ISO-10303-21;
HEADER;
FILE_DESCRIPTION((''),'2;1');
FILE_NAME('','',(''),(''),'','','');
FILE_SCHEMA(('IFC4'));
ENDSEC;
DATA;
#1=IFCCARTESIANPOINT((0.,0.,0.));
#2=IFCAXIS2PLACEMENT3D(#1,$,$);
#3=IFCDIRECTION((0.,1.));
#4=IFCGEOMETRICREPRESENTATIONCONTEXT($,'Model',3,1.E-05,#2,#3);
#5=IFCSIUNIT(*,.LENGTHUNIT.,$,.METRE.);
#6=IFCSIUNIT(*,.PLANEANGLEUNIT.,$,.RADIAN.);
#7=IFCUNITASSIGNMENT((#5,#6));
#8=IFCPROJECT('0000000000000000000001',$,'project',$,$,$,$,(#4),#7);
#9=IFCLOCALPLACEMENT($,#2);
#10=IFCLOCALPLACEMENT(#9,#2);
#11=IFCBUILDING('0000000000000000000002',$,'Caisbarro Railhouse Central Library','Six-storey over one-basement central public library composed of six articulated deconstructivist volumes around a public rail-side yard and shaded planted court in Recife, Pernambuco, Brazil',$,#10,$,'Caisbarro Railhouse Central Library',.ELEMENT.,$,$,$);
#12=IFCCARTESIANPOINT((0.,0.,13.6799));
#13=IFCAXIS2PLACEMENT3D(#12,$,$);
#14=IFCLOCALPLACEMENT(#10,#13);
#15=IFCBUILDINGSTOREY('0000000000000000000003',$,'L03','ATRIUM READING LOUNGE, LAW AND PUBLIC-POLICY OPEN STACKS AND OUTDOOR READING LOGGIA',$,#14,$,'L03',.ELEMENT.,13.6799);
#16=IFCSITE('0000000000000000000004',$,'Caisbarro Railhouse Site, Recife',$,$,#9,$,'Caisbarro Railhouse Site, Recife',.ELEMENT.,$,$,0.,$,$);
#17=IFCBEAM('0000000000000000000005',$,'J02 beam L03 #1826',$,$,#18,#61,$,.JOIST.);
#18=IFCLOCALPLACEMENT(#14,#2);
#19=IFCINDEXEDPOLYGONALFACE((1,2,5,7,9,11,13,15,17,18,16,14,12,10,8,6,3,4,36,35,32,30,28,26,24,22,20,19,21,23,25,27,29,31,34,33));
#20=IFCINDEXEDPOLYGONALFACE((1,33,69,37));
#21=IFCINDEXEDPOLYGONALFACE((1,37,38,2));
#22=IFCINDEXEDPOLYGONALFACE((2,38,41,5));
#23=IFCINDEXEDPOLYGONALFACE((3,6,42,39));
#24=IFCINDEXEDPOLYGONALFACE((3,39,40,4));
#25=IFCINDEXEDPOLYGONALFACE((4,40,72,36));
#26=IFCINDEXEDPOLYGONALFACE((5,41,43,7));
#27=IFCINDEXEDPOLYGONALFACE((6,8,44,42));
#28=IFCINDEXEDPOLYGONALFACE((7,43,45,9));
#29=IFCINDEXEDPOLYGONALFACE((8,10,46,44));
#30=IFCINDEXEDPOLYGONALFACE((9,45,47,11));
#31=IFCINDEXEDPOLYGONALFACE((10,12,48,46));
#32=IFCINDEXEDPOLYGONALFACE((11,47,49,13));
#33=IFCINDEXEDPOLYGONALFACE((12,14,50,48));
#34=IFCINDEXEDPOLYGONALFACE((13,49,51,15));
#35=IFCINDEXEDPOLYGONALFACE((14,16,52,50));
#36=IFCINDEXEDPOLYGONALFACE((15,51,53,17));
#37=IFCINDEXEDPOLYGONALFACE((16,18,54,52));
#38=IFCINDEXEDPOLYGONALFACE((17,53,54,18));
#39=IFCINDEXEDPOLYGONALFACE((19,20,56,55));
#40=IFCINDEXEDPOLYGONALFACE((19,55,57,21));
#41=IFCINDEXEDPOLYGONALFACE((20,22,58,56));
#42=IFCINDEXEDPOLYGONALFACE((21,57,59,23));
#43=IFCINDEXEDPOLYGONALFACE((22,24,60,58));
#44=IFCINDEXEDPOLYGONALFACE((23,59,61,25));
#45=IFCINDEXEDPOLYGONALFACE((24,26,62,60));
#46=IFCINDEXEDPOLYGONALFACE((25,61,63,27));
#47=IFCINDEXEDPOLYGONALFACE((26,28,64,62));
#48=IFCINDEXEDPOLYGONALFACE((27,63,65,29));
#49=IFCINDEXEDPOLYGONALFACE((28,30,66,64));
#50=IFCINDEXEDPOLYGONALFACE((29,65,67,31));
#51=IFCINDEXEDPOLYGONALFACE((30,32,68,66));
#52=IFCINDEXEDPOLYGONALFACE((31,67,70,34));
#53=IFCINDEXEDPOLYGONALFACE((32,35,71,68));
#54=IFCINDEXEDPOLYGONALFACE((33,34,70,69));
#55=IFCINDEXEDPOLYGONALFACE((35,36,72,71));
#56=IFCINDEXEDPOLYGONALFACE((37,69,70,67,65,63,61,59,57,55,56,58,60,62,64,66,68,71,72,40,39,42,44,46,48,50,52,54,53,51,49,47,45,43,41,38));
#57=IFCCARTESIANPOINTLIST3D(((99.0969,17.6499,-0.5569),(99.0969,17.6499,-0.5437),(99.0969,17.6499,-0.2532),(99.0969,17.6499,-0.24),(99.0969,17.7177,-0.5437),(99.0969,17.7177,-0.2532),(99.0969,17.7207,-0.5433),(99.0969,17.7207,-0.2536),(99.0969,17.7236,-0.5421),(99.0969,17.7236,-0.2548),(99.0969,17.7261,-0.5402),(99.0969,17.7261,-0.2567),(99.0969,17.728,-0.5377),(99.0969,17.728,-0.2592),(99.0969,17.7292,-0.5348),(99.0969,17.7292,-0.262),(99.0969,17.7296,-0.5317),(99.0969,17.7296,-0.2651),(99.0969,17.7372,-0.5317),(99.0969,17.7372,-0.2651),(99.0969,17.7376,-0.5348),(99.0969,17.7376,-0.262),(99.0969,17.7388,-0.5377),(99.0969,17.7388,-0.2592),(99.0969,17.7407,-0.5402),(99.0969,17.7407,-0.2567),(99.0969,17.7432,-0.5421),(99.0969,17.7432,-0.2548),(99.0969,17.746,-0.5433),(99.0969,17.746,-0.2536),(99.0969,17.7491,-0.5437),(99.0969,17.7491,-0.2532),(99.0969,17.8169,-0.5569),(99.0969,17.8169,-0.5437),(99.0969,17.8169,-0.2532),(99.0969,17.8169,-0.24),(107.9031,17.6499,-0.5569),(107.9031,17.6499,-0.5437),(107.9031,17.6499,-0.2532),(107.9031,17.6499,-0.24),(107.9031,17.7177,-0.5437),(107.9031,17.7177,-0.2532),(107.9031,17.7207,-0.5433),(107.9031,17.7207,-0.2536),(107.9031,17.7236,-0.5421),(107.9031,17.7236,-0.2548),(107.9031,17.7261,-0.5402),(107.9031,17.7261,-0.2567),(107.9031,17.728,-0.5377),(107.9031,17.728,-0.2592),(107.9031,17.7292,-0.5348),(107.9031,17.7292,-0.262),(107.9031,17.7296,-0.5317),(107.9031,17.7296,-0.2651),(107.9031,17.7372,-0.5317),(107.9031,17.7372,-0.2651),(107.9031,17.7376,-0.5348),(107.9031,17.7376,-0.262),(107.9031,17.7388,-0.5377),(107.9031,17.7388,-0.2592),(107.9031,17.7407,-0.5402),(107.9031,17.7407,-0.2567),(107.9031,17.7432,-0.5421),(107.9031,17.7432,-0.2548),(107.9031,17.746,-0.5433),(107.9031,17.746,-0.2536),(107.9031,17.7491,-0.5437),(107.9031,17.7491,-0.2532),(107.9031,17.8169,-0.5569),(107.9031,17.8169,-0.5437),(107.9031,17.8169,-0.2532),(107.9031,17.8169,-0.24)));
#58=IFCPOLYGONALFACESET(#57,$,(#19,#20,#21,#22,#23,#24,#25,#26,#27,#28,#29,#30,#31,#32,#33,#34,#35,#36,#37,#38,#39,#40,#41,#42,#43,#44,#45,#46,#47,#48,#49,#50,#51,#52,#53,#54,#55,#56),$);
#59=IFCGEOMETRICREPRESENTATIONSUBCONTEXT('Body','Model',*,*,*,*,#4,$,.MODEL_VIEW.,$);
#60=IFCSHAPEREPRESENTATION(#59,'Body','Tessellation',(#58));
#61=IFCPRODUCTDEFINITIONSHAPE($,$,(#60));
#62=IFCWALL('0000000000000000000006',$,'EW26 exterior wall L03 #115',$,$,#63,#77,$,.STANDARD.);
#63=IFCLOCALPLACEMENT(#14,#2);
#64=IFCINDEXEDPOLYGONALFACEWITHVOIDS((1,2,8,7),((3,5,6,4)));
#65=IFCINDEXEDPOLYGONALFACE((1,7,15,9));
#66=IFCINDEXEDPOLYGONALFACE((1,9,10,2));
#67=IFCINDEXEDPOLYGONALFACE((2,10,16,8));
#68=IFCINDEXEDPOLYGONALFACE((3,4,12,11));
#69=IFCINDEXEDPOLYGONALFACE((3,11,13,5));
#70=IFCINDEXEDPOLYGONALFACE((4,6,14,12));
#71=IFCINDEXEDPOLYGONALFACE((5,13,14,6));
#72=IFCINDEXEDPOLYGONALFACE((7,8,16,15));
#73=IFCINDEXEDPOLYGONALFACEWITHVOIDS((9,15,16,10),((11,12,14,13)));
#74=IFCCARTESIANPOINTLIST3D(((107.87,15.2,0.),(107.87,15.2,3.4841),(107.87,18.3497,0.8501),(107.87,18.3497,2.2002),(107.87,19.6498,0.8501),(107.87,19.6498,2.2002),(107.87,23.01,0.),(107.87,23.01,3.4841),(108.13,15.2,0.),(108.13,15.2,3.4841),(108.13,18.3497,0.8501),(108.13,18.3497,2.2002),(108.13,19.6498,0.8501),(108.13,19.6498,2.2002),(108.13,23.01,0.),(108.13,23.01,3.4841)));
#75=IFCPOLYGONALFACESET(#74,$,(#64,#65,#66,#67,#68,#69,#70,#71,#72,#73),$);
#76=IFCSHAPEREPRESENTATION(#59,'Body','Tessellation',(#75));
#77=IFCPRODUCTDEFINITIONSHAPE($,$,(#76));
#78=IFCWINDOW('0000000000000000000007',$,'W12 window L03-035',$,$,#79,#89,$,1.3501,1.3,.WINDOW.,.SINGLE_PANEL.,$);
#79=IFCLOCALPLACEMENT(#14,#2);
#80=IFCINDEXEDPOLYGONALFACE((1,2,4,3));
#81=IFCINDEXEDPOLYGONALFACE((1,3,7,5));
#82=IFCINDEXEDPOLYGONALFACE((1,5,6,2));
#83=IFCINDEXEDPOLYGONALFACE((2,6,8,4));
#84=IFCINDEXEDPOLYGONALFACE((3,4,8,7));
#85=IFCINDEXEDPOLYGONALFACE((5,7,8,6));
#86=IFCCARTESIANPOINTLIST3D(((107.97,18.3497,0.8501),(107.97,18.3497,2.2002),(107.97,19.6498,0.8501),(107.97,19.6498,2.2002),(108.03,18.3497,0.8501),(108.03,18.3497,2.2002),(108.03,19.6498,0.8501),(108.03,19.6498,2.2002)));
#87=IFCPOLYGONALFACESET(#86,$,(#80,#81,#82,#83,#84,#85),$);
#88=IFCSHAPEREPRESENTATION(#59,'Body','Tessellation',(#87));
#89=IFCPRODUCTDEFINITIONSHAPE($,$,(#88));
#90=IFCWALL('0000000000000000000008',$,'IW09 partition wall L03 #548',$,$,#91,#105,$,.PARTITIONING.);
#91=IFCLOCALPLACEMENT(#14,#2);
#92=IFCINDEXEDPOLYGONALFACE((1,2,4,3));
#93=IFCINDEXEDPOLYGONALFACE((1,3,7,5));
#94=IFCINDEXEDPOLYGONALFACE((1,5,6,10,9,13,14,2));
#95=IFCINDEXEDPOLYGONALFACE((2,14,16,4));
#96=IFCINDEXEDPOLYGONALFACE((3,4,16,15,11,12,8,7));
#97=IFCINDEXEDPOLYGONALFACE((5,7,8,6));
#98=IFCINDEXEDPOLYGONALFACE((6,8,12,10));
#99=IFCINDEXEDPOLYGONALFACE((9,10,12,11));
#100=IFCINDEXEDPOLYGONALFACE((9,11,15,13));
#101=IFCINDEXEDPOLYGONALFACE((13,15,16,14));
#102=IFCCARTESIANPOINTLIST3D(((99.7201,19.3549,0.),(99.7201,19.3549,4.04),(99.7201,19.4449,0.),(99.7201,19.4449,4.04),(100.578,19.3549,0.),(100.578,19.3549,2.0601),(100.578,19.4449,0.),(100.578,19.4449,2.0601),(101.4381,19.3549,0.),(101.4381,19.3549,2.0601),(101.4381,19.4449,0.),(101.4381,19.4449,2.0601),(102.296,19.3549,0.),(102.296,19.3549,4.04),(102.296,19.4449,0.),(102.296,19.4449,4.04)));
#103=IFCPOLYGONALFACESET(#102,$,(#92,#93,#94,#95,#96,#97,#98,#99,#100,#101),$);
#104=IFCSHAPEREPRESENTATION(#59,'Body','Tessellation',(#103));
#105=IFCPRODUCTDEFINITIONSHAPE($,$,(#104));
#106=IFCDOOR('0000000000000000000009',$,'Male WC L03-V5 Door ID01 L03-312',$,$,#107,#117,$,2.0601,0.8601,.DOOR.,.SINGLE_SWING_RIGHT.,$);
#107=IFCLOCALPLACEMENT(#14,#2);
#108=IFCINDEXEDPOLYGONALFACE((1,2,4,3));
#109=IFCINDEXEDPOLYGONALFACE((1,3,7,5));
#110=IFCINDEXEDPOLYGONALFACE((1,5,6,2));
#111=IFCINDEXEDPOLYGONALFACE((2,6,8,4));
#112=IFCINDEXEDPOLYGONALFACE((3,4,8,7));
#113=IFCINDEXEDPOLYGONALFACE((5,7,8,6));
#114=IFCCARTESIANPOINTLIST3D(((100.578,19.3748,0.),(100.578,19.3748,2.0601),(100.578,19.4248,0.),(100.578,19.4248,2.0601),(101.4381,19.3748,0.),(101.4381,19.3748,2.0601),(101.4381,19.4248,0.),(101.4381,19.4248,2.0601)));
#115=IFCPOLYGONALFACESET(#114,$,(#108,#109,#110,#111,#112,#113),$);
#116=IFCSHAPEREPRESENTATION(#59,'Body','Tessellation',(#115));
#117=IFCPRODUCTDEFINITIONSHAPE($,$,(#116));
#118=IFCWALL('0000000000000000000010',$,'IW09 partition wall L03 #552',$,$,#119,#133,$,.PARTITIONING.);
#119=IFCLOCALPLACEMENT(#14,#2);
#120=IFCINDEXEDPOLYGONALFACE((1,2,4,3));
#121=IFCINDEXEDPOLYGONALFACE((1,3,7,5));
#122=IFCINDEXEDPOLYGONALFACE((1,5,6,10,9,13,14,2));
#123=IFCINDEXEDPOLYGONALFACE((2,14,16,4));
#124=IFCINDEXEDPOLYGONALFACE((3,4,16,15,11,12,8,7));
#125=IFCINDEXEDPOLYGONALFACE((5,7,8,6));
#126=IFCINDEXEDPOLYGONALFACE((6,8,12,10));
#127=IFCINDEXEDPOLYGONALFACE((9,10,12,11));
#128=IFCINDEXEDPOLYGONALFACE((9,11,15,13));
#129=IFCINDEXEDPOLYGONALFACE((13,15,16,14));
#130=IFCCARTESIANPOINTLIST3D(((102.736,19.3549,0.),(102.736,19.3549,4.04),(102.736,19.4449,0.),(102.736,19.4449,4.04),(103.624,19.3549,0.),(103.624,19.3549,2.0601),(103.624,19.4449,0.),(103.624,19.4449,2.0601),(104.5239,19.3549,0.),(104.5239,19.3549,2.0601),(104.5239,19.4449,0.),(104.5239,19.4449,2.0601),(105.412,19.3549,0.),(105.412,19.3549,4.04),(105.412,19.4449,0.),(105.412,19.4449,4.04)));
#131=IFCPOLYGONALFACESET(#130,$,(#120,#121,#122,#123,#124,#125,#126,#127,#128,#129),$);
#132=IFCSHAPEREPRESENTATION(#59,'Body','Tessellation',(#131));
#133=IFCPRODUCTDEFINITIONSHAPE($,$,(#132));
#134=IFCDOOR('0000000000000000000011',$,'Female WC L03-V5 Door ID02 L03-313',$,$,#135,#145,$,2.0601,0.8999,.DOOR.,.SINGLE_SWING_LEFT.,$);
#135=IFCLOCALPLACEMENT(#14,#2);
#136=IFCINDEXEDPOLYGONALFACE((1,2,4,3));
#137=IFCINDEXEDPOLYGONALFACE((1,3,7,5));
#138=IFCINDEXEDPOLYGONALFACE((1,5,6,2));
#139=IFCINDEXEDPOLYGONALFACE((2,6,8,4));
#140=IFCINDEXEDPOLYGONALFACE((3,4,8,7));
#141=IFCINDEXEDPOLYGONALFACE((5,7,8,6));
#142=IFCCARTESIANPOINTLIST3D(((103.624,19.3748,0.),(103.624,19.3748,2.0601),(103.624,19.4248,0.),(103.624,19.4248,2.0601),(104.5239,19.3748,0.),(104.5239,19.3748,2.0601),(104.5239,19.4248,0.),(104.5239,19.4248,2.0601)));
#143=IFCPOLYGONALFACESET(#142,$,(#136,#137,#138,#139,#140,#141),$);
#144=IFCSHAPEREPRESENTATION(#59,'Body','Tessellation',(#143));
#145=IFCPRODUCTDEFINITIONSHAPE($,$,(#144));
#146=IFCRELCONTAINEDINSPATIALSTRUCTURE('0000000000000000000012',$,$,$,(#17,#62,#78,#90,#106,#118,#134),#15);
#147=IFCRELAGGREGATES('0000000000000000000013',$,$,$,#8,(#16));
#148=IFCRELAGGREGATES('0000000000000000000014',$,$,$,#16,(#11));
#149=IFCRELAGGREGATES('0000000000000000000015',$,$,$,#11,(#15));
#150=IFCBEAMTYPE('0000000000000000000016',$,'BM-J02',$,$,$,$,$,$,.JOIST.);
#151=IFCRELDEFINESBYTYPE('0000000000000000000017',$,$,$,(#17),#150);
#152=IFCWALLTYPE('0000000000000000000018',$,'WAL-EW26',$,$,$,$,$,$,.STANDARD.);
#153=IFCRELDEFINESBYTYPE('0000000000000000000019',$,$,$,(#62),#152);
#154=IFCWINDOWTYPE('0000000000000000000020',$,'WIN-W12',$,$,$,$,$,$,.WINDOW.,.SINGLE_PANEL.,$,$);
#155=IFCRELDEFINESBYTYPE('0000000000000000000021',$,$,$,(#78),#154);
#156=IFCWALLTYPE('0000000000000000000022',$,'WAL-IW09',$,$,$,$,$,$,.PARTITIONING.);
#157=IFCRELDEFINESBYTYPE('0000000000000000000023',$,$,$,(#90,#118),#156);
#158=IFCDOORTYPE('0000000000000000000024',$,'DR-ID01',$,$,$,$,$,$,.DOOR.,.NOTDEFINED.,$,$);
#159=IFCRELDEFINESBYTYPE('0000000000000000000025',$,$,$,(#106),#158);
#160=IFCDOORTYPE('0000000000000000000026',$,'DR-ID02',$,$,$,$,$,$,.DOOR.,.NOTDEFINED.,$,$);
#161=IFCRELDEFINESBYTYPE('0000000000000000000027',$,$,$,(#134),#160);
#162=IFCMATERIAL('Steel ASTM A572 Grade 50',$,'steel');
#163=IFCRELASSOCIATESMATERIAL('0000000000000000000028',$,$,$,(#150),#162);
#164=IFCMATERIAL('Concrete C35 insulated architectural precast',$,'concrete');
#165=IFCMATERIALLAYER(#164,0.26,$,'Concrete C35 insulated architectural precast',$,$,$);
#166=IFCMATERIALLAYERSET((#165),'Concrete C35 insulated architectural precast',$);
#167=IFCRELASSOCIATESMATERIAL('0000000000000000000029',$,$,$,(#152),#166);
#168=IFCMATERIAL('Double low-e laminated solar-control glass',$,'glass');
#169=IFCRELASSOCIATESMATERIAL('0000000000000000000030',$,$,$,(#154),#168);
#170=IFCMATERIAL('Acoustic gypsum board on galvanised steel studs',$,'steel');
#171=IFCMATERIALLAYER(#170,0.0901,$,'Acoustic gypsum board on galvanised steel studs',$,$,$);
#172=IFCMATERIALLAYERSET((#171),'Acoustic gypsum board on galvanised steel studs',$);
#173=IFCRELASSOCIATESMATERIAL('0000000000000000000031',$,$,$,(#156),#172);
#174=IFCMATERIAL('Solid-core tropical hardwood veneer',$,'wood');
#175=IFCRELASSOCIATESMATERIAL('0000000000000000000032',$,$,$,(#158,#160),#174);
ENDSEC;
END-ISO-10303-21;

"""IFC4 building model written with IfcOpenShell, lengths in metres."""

from ifc_helpers import new_model, si_unit, direction, frame, frame_2d, origin, origin_2d, place, context, subcontext, project, spatial, rectangle, i_section, extrude, material, layer, layer_set, material_profile, profile_set, type_object, element, fill, save


model = new_model("IFC4")

# Units and contexts
model_context = context("Model", 3, precision=1e-05, world=origin(), true_north=direction((0.0, 1.0)))
body_context = subcontext(model_context, "Body", "Model", "MODEL_VIEW")
ifc_project = project(units=[si_unit("LENGTHUNIT", "METRE"), si_unit("PLANEANGLEUNIT", "RADIAN")], contexts=[model_context])

# Site, building, storey
site_placement = place(None, origin())
site = spatial("IfcSite", under=ifc_project, at=site_placement, Name="Caisbarro Railhouse Site, Recife", LongName="Caisbarro Railhouse Site, Recife", CompositionType="ELEMENT", RefElevation=0.0)
building_placement = place(site_placement, origin())
building = spatial("IfcBuilding", under=site, at=building_placement, Name="Caisbarro Railhouse Central Library", Description="Six-storey over one-basement central public library composed of six articulated deconstructivist volumes around a public rail-side yard and shaded planted court in Recife, Pernambuco, Brazil", LongName="Caisbarro Railhouse Central Library", CompositionType="ELEMENT")
storey_placement = place(building_placement, frame((0.0, 0.0, 13.6799)))
storey = spatial("IfcBuildingStorey", under=building, at=storey_placement, Name="L03", Description="ATRIUM READING LOUNGE, LAW AND PUBLIC-POLICY OPEN STACKS AND OUTDOOR READING LOGGIA", LongName="L03", CompositionType="ELEMENT", Elevation=13.6799)

# Shared definitions
ifc_material_1 = material(Name="Steel ASTM A572 Grade 50", Category="steel")

# Beam
ifc_material_profile_1 = material_profile(ifc_material_1, i_section(OverallWidth=0.167, OverallDepth=0.3169, WebThickness=0.0076, FlangeThickness=0.0132, FilletRadius=0.012, at=origin_2d()), Name="W310X52.0")
ifc_profile_set_1 = profile_set([ifc_material_profile_1], Name="Steel ASTM A572 Grade 50")
beam_type_1 = type_object("IfcBeamType", Name="BM-J02", PredefinedType="JOIST", material=ifc_profile_set_1)
for number, where, z_axis, x_axis, name in (
    (1, (99.0969, 17.7334, -0.3984), (1.0, 0.0, 0.0), (0.0, 1.0, 0.0), "J02 beam L03 #1826"),
):
    element("IfcBeam", number, at=place(storey_placement, frame(where, z_axis=z_axis, x_axis=x_axis)), inside=storey, type_object=beam_type_1, Name=name, PredefinedType="JOIST", context=body_context, shape_type="SweptSolid", body=[
        extrude(i_section(OverallWidth=0.167, OverallDepth=0.3169, WebThickness=0.0076, FlangeThickness=0.0132, FilletRadius=0.012, at=origin_2d()), origin(), (0.0, 0.0, 1.0), 8.8062),
    ])

# Wall, opening, window
ifc_material_2 = material(Name="Concrete C35 insulated architectural precast", Category="concrete")
ifc_layer_1 = layer(ifc_material_2, 0.26, Name="Concrete C35 insulated architectural precast")
ifc_layer_set_1 = layer_set([ifc_layer_1], Name="Concrete C35 insulated architectural precast")
wall_type_1 = type_object("IfcWallType", Name="WAL-EW26", PredefinedType="STANDARD", material=ifc_layer_set_1)
wall_1_placement = place(storey_placement, frame((108.0, 15.2, 0.0), z_axis=(0.0, 0.0, 1.0), x_axis=(0.0, 1.0, 0.0)))
wall_1 = element("IfcWall", 2, at=wall_1_placement, inside=storey, type_object=wall_type_1, Name="EW26 exterior wall L03 #115", PredefinedType="STANDARD", context=body_context, shape_type="SweptSolid", body=[
    extrude(rectangle(XDim=7.8101, YDim=0.26, at=frame_2d((3.905, 0.0))), origin(), (0.0, 0.0, 1.0), 3.4841),
])
opening_1_placement = place(wall_1_placement, frame((3.1499, 0.0, 0.8501)))
opening_1 = element("IfcOpeningElement", 3, at=opening_1_placement, cuts=wall_1, PredefinedType="OPENING", context=body_context, shape_type="SweptSolid", body=[
    extrude(rectangle(XDim=1.3, YDim=1.3501, at=frame_2d((0.6499, 0.675))), frame((0.0, 0.1401, 0.0), z_axis=(0.0, -1.0, 0.0), x_axis=(1.0, 0.0, 0.0)), (0.0, 0.0, 1.0), 0.28),
])
ifc_material_3 = material(Name="Double low-e laminated solar-control glass", Category="glass")
window_type = type_object("IfcWindowType", Name="WIN-W12", PartitioningType="SINGLE_PANEL", PredefinedType="WINDOW", material=ifc_material_3)
window_placement = place(opening_1_placement, origin())
window = element("IfcWindow", 4, at=window_placement, inside=storey, type_object=window_type, Name="W12 window L03-035", OverallHeight=1.3501, OverallWidth=1.3, PartitioningType="SINGLE_PANEL", PredefinedType="WINDOW", context=body_context, shape_type="SweptSolid", body=[
    extrude(rectangle(XDim=1.3, YDim=1.3501, at=frame_2d((0.6499, 0.675))), frame((0.0, 0.03, 0.0), z_axis=(0.0, -1.0, 0.0), x_axis=(1.0, 0.0, 0.0)), (0.0, 0.0, 1.0), 0.0601),
])
fill(opening_1, window)

# Walls, openings, doors
ifc_material_4 = material(Name="Acoustic gypsum board on galvanised steel studs", Category="steel")
ifc_layer_2 = layer(ifc_material_4, 0.0901, Name="Acoustic gypsum board on galvanised steel studs")
ifc_layer_set_2 = layer_set([ifc_layer_2], Name="Acoustic gypsum board on galvanised steel studs")
wall_type_2 = type_object("IfcWallType", Name="WAL-IW09", PredefinedType="PARTITIONING", material=ifc_layer_set_2)
wall_2_placement = place(storey_placement, frame((99.72, 19.3999, 0.0), z_axis=(0.0, 0.0, 1.0), x_axis=(1.0, 0.0, 0.0)))
wall_2 = element("IfcWall", 5, at=wall_2_placement, inside=storey, type_object=wall_type_2, Name="IW09 partition wall L03 #548", PredefinedType="PARTITIONING", context=body_context, shape_type="SweptSolid", body=[
    extrude(rectangle(XDim=2.5759, YDim=0.0901, at=frame_2d((1.2881, 0.0))), origin(), (0.0, 0.0, 1.0), 4.04),
])
opening_2_placement = place(wall_2_placement, frame((0.8579, 0.0, 0.0)))
opening_2 = element("IfcOpeningElement", 6, at=opening_2_placement, cuts=wall_2, PredefinedType="OPENING", context=body_context, shape_type="SweptSolid", body=[
    extrude(rectangle(XDim=0.8601, YDim=2.0601, at=frame_2d((0.4302, 1.03))), frame((0.0, 0.0552, 0.0), z_axis=(0.0, -1.0, 0.0), x_axis=(1.0, 0.0, 0.0)), (0.0, 0.0, 1.0), 0.1101),
])
ifc_material_5 = material(Name="Solid-core tropical hardwood veneer", Category="wood")
door_type_1 = type_object("IfcDoorType", Name="DR-ID01", OperationType="NOTDEFINED", PredefinedType="DOOR", material=ifc_material_5)
door_1_placement = place(opening_2_placement, origin())
door_1 = element("IfcDoor", 7, at=door_1_placement, inside=storey, type_object=door_type_1, Name="Male WC L03-V5 Door ID01 L03-312", OperationType="SINGLE_SWING_RIGHT", OverallHeight=2.0601, OverallWidth=0.8601, PredefinedType="DOOR", context=body_context, shape_type="SweptSolid", body=[
    extrude(rectangle(XDim=0.8601, YDim=2.0601, at=frame_2d((0.4302, 1.03))), frame((0.0, 0.0249, 0.0), z_axis=(0.0, -1.0, 0.0), x_axis=(1.0, 0.0, 0.0)), (0.0, 0.0, 1.0), 0.05),
])
fill(opening_2, door_1)
wall_3_placement = place(storey_placement, frame((102.7361, 19.3999, 0.0), z_axis=(0.0, 0.0, 1.0), x_axis=(1.0, 0.0, 0.0)))
wall_3 = element("IfcWall", 8, at=wall_3_placement, inside=storey, type_object=wall_type_2, Name="IW09 partition wall L03 #552", PredefinedType="PARTITIONING", context=body_context, shape_type="SweptSolid", body=[
    extrude(rectangle(XDim=2.676, YDim=0.0901, at=frame_2d((1.3379, 0.0))), origin(), (0.0, 0.0, 1.0), 4.04),
])
opening_3_placement = place(wall_3_placement, frame((0.8879, 0.0, 0.0)))
opening_3 = element("IfcOpeningElement", 9, at=opening_3_placement, cuts=wall_3, PredefinedType="OPENING", context=body_context, shape_type="SweptSolid", body=[
    extrude(rectangle(XDim=0.8999, YDim=2.0601, at=frame_2d((0.45, 1.03))), frame((0.0, 0.0552, 0.0), z_axis=(0.0, -1.0, 0.0), x_axis=(1.0, 0.0, 0.0)), (0.0, 0.0, 1.0), 0.1101),
])
door_type_2 = type_object("IfcDoorType", Name="DR-ID02", OperationType="NOTDEFINED", PredefinedType="DOOR", material=ifc_material_5)
door_2_placement = place(opening_3_placement, origin())
door_2 = element("IfcDoor", 10, at=door_2_placement, inside=storey, type_object=door_type_2, Name="Female WC L03-V5 Door ID02 L03-313", OperationType="SINGLE_SWING_LEFT", OverallHeight=2.0601, OverallWidth=0.8999, PredefinedType="DOOR", context=body_context, shape_type="SweptSolid", body=[
    extrude(rectangle(XDim=0.8999, YDim=2.0601, at=frame_2d((0.45, 1.03))), frame((0.0, 0.0249, 0.0), z_axis=(0.0, -1.0, 0.0), x_axis=(1.0, 0.0, 0.0)), (0.0, 0.0, 1.0), 0.05),
])
fill(opening_3, door_2)

save(model, "model.ifc")
